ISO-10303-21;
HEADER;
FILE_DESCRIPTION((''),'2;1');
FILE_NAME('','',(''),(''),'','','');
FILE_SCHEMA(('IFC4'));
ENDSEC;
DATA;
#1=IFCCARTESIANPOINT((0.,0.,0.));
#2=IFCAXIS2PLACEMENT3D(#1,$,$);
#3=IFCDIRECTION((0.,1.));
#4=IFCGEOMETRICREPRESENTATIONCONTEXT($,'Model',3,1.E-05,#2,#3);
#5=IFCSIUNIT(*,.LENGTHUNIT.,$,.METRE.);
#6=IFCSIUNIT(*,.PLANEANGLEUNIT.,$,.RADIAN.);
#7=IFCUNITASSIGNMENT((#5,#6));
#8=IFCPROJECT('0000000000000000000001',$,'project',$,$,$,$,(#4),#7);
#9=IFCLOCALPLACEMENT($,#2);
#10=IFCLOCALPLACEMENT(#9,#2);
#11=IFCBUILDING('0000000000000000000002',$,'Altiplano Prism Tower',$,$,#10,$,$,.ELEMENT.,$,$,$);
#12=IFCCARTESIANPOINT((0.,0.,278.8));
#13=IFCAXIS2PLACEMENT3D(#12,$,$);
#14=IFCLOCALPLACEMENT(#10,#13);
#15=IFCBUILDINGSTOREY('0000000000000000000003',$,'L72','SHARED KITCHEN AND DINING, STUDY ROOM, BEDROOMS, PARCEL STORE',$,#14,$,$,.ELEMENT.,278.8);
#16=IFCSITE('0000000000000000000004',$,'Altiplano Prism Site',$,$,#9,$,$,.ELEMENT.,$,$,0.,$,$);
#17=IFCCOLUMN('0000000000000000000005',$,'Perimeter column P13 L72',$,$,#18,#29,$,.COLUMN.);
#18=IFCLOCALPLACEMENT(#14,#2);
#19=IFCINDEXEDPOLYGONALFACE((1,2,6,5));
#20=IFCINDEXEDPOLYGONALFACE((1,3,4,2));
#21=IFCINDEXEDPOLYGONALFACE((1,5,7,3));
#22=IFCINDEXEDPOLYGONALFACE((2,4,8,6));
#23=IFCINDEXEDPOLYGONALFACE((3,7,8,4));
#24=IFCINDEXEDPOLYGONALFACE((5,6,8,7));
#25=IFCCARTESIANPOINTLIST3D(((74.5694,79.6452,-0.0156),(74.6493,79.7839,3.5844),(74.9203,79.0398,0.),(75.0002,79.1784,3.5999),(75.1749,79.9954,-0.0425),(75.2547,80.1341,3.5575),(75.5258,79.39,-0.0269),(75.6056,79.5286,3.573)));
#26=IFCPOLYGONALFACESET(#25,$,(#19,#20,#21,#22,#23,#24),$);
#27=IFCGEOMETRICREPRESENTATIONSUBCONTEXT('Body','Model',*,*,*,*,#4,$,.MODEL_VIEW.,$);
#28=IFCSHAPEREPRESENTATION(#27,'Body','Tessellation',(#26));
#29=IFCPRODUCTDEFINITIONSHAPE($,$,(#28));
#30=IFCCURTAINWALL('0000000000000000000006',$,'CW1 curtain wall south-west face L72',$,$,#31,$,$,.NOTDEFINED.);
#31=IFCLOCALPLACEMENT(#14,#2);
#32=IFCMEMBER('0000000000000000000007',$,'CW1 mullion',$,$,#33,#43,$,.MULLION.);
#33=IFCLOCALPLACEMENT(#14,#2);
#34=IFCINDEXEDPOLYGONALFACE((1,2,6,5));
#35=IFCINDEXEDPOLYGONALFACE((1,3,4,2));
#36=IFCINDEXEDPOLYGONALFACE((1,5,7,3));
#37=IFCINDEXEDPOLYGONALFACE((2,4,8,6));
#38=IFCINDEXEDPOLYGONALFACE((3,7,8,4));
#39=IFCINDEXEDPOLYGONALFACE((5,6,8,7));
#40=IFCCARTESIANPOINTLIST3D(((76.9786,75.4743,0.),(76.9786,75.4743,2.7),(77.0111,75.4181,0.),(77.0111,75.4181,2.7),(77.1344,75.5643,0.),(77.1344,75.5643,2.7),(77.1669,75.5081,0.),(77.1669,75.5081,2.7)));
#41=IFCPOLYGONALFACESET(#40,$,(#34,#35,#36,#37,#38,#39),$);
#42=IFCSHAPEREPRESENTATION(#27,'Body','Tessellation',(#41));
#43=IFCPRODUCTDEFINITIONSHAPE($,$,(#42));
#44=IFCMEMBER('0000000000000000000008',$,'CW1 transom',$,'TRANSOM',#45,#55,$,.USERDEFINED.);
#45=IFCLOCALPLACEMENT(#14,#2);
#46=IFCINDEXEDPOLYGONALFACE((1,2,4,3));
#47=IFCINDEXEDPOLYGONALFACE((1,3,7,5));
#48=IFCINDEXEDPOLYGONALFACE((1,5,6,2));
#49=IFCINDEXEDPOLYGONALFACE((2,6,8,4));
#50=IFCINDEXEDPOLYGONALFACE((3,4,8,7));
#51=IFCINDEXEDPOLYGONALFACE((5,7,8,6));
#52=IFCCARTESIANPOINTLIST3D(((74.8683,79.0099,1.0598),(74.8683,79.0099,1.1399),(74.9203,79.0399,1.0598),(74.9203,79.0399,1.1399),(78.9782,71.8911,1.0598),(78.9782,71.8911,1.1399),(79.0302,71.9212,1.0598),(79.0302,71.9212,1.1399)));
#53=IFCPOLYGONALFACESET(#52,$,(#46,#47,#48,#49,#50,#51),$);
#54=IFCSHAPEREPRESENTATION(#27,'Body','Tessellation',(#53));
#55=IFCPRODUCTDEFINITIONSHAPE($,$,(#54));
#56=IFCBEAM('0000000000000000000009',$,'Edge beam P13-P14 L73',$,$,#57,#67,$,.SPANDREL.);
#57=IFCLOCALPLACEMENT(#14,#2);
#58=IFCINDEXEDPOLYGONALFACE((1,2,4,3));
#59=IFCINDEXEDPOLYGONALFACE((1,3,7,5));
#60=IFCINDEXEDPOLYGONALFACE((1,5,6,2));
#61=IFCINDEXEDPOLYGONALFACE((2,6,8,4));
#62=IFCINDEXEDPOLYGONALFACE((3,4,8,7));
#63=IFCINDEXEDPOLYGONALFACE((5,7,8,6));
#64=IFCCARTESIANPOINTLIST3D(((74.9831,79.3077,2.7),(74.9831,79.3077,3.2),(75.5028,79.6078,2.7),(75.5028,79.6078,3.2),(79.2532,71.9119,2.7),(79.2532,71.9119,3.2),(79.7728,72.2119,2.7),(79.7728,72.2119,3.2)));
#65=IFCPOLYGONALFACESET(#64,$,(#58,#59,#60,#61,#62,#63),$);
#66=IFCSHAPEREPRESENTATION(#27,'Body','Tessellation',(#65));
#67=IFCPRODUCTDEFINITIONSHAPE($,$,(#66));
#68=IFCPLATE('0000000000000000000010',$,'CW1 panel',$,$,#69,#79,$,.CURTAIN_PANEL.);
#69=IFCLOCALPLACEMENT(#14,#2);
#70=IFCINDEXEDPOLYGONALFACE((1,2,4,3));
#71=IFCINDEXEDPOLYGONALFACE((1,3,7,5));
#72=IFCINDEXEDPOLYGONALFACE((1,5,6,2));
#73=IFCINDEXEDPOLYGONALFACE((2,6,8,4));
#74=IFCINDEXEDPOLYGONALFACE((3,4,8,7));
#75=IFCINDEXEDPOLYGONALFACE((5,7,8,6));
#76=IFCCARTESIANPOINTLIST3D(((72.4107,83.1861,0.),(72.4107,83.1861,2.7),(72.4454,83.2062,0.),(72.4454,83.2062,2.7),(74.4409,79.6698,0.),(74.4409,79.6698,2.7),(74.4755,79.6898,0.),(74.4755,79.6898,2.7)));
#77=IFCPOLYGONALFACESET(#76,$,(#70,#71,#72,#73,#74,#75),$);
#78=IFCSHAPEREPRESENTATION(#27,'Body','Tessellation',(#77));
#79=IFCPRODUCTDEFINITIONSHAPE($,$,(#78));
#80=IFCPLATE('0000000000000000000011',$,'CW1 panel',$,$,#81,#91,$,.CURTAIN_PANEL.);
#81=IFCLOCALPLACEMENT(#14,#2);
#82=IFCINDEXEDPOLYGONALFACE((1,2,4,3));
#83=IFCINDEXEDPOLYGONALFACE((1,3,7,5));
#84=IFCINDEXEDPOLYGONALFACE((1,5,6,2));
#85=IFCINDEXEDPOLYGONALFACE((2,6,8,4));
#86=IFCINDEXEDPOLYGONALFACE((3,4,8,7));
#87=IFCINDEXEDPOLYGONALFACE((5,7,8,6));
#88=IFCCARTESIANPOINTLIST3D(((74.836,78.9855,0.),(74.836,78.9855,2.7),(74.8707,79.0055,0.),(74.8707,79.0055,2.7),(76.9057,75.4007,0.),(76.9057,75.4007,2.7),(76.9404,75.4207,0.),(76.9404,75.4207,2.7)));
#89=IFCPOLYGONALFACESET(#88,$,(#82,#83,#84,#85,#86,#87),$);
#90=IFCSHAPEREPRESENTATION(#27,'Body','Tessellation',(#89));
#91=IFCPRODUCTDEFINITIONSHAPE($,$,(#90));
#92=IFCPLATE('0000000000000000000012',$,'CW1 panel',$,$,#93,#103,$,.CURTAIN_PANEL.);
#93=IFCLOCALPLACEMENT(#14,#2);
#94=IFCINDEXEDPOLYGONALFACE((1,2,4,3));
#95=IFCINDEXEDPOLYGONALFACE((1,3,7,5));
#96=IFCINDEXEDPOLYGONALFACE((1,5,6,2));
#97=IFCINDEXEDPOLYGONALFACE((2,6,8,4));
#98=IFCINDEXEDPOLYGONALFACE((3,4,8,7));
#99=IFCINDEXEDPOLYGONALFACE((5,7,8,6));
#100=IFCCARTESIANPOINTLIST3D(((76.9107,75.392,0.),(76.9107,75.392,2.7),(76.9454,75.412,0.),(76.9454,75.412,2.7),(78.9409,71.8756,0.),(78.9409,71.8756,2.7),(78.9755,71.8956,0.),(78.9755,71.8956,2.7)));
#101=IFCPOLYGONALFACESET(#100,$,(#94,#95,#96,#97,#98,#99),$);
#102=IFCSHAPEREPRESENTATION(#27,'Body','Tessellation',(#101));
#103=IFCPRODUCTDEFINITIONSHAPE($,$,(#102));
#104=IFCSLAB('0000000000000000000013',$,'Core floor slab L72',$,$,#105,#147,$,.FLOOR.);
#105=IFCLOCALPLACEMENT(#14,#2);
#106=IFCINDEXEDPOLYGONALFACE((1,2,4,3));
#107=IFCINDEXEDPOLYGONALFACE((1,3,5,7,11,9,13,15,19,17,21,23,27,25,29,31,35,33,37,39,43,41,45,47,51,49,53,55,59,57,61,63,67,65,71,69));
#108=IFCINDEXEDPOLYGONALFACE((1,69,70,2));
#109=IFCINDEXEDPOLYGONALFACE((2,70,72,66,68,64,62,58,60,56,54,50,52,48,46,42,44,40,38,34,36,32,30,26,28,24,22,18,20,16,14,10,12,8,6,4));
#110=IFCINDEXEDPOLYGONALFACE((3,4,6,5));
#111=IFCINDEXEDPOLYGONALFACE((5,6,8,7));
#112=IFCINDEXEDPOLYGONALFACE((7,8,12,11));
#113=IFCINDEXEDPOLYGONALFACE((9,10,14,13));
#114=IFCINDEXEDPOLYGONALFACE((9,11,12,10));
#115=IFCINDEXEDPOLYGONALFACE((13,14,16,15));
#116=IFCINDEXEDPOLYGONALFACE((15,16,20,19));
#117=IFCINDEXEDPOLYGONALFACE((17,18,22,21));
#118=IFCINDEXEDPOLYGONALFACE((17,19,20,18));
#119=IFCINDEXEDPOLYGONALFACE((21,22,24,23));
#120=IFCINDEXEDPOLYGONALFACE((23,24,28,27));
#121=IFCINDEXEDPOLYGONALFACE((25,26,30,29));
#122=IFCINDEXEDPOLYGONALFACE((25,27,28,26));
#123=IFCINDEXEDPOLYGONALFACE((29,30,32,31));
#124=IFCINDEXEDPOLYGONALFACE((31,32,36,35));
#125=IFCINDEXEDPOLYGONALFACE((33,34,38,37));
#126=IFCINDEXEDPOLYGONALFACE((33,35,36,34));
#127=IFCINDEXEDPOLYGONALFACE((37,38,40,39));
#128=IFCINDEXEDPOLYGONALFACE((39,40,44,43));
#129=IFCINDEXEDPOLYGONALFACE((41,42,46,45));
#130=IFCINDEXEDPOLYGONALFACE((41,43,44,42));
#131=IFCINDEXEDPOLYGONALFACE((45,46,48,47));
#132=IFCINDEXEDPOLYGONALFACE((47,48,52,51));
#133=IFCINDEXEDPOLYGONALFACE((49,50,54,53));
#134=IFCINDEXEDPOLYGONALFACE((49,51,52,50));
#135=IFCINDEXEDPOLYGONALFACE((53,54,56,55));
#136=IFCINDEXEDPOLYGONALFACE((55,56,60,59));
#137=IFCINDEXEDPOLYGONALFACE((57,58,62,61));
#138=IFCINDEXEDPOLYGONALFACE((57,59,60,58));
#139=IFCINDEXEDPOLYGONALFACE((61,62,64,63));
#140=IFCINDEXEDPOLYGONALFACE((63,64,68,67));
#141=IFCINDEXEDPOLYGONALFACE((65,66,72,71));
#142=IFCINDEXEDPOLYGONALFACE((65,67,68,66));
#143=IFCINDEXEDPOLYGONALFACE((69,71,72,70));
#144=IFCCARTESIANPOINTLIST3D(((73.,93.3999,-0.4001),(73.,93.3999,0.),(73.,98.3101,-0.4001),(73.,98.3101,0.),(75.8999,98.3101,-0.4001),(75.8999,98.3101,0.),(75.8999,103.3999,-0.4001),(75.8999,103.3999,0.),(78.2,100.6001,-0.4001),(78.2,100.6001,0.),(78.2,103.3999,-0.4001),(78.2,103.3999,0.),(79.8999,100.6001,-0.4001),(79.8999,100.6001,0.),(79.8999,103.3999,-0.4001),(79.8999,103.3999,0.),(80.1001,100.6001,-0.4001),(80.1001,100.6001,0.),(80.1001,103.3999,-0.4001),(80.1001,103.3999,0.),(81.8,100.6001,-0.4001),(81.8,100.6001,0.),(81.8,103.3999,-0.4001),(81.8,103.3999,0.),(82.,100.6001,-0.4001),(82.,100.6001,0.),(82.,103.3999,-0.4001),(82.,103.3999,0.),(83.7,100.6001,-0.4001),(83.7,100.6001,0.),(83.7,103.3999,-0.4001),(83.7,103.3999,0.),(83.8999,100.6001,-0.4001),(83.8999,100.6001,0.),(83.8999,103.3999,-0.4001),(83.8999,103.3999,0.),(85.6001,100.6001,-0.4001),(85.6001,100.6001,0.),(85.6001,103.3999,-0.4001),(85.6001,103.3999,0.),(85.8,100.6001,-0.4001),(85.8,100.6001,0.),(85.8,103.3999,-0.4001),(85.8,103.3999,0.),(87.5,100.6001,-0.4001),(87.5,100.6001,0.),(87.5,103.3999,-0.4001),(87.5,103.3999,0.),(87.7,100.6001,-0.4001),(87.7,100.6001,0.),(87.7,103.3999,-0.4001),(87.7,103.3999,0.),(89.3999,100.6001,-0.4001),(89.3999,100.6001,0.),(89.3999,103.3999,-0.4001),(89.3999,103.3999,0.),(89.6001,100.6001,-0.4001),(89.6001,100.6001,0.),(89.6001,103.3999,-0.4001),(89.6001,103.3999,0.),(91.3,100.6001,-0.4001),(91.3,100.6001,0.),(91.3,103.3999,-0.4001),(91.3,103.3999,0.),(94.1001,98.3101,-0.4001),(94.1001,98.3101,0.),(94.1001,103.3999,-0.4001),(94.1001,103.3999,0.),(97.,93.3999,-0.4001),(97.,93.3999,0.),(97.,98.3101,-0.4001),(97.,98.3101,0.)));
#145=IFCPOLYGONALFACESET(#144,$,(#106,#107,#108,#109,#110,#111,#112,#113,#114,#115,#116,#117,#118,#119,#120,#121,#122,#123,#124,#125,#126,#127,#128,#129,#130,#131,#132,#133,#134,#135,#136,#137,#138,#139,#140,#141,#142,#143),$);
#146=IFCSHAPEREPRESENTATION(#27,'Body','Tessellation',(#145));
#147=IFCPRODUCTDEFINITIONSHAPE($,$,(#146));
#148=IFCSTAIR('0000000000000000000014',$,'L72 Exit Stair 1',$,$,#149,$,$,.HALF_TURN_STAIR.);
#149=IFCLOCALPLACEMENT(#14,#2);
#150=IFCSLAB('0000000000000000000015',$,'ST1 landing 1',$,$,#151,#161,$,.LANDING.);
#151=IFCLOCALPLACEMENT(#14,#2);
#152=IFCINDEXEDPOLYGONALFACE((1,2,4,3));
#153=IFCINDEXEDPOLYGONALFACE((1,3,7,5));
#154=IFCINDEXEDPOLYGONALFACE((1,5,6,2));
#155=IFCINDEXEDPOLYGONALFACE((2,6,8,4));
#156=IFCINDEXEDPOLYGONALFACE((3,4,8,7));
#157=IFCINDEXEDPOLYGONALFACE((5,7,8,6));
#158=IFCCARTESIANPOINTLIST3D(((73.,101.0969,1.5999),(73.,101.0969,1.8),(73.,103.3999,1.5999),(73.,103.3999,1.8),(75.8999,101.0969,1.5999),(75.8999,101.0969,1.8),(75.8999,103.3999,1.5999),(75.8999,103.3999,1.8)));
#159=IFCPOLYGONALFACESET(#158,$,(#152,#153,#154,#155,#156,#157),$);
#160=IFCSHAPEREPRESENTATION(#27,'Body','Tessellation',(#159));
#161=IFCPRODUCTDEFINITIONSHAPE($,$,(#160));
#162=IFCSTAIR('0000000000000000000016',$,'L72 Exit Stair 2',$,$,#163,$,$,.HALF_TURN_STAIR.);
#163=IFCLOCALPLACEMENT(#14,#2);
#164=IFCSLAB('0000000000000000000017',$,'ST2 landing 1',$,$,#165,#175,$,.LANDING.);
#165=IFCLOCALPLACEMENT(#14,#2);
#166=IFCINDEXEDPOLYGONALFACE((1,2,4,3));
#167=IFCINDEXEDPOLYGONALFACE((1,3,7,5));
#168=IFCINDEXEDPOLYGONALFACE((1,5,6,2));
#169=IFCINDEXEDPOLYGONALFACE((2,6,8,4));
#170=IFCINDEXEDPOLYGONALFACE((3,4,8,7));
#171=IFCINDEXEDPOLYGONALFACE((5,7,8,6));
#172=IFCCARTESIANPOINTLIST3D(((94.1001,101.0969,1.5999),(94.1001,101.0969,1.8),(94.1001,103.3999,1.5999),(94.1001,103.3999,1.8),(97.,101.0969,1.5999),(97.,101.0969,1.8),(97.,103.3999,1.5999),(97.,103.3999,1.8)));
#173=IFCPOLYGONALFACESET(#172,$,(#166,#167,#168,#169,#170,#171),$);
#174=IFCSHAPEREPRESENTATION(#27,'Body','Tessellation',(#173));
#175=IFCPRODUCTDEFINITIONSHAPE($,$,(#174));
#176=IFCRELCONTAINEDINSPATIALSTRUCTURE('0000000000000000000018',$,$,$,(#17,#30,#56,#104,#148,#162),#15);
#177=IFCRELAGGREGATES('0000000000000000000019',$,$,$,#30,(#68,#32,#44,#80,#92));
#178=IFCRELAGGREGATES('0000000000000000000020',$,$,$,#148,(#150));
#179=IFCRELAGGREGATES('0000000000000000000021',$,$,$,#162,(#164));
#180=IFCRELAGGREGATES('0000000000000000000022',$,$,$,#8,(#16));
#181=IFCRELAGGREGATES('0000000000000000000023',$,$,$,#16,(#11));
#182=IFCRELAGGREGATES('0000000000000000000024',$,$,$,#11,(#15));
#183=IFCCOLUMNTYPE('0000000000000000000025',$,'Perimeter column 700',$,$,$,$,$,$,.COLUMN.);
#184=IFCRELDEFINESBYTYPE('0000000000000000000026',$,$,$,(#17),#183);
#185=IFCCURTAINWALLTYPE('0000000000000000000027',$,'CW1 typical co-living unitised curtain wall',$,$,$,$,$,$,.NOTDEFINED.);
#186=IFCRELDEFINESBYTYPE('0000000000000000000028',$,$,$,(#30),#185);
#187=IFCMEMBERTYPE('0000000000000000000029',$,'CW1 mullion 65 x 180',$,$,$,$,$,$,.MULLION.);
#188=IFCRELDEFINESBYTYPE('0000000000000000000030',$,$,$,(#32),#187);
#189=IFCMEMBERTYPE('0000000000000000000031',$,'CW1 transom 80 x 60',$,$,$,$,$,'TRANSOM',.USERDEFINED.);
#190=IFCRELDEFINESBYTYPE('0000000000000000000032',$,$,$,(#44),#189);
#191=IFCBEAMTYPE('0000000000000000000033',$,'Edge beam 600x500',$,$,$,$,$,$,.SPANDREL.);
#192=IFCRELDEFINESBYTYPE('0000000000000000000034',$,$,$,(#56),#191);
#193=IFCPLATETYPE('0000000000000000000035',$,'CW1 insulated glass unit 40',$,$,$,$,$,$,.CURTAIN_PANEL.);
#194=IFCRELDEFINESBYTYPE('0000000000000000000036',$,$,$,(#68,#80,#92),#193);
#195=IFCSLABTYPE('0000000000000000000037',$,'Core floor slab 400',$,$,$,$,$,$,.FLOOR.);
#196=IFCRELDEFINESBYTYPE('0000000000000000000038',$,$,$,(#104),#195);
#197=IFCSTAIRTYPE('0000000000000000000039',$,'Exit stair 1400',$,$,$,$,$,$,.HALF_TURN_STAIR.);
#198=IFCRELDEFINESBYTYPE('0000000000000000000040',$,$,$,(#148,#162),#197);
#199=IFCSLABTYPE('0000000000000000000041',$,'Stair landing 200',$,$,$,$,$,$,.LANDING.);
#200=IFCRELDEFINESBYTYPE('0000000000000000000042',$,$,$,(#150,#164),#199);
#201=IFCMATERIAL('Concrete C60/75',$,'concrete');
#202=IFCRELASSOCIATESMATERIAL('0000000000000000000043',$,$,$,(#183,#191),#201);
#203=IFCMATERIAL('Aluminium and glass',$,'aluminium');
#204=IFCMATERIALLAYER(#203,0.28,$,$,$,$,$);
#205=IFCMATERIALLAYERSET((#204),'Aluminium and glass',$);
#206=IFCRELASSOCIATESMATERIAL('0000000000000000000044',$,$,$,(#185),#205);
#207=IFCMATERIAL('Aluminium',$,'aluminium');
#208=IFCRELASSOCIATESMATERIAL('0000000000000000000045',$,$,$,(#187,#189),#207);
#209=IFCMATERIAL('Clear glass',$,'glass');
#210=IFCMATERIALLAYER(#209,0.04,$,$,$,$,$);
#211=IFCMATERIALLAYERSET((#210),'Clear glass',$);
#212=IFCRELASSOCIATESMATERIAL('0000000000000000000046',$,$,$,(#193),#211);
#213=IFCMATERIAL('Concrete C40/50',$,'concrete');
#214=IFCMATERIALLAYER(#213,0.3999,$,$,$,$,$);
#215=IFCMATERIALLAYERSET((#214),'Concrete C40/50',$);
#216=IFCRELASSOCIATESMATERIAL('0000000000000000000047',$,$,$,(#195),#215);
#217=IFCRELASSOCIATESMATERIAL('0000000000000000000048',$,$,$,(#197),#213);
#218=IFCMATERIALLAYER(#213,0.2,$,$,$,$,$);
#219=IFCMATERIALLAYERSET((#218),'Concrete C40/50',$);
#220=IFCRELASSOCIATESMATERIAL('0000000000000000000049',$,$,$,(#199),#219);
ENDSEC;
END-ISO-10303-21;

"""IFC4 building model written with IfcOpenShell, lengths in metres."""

from ifc_helpers import new_model, si_unit, direction, frame, origin, origin_2d, place, context, subcontext, project, spatial, polyline, rectangle, outline, extrude, material, layer, layer_set, material_profile, profile_set, type_object, element, aggregate, save


model = new_model("IFC4")

# Units and contexts
model_context = context("Model", 3, precision=1e-05, world=origin(), true_north=direction((0.0, 1.0)))
body_context = subcontext(model_context, "Body", "Model", "MODEL_VIEW")
ifc_project = project(units=[si_unit("LENGTHUNIT", "METRE"), si_unit("PLANEANGLEUNIT", "RADIAN")], contexts=[model_context])

# Site, building, storey
site_placement = place(None, origin())
site = spatial("IfcSite", under=ifc_project, at=site_placement, Name="Altiplano Prism Site", CompositionType="ELEMENT", RefElevation=0.0)
building_placement = place(site_placement, origin())
building = spatial("IfcBuilding", under=site, at=building_placement, Name="Altiplano Prism Tower", CompositionType="ELEMENT")
storey_placement = place(building_placement, frame((0.0, 0.0, 278.8)))
storey = spatial("IfcBuildingStorey", under=building, at=storey_placement, Name="L72", Description="SHARED KITCHEN AND DINING, STUDY ROOM, BEDROOMS, PARCEL STORE", CompositionType="ELEMENT", Elevation=278.8)

# Column
ifc_material_1 = material(Name="Concrete C60/75", Category="concrete")
ifc_material_profile_1 = material_profile(ifc_material_1, rectangle(XDim=0.7, YDim=0.7, at=origin_2d()), Name="Perimeter column 700")
ifc_profile_set_1 = profile_set([ifc_material_profile_1], Name="Concrete C60/75")
column_type = type_object("IfcColumnType", Name="Perimeter column 700", PredefinedType="COLUMN", material=ifc_profile_set_1)
column_placement = place(storey_placement, frame((75.0476, 79.5176, -0.0212), z_axis=(0.022155, 0.038484, 0.999014), x_axis=(-0.86498, -0.500331, 0.038456)))
element("IfcColumn", 1, at=column_placement, inside=storey, type_object=column_type, Name="Perimeter column P13 L72", PredefinedType="COLUMN", context=body_context, shape_type="SweptSolid", body=[
    extrude(rectangle(XDim=0.7, YDim=0.7, at=origin_2d()), origin(), (0.0, 0.0, 1.0), 3.6035),
])

# Curtain wall, members
ifc_material_2 = material(Name="Aluminium and glass", Category="aluminium")
ifc_layer_1 = layer(ifc_material_2, 0.28)
ifc_layer_set_1 = layer_set([ifc_layer_1], Name="Aluminium and glass")
curtain_wall_type = type_object("IfcCurtainWallType", Name="CW1 typical co-living unitised curtain wall", PredefinedType="NOTDEFINED", material=ifc_layer_set_1)
curtain_wall_placement = place(storey_placement, origin())
curtain_wall = element("IfcCurtainWall", 2, at=curtain_wall_placement, inside=storey, type_object=curtain_wall_type, Name="CW1 curtain wall south-west face L72", PredefinedType="NOTDEFINED")
ifc_material_3 = material(Name="Aluminium", Category="aluminium")
ifc_material_profile_2 = material_profile(ifc_material_3, rectangle(XDim=0.1799, YDim=0.0649, at=origin_2d()), Name="CW1 mullion 65 x 180")
ifc_profile_set_2 = profile_set([ifc_material_profile_2], Name="Aluminium")
member_type_1 = type_object("IfcMemberType", Name="CW1 mullion 65 x 180", PredefinedType="MULLION", material=ifc_profile_set_2)
member_1_placement = place(storey_placement, frame((77.0728, 75.4912, 0.0), z_axis=(0.0, 0.0, 1.0), x_axis=(0.866025, 0.5, 0.0)))
member_1 = element("IfcMember", 3, at=member_1_placement, type_object=member_type_1, Name="CW1 mullion", PredefinedType="MULLION", context=body_context, shape_type="SweptSolid", body=[
    extrude(rectangle(XDim=0.1799, YDim=0.0649, at=origin_2d()), origin(), (0.0, 0.0, 1.0), 2.7),
])
ifc_material_profile_3 = material_profile(ifc_material_3, rectangle(XDim=0.0601, YDim=0.0801, at=origin_2d()), Name="CW1 transom 80 x 60")
ifc_profile_set_3 = profile_set([ifc_material_profile_3], Name="Aluminium")
member_type_2 = type_object("IfcMemberType", Name="CW1 transom 80 x 60", ElementType="TRANSOM", PredefinedType="USERDEFINED", material=ifc_profile_set_3)
member_2_placement = place(storey_placement, frame((74.8943, 79.0249, 1.0999), z_axis=(0.499992, -0.86603, 0.0), x_axis=(0.86603, 0.499992, 0.0)))
member_2 = element("IfcMember", 4, at=member_2_placement, type_object=member_type_2, Name="CW1 transom", ObjectType="TRANSOM", PredefinedType="USERDEFINED", context=body_context, shape_type="SweptSolid", body=[
    extrude(rectangle(XDim=0.0601, YDim=0.0801, at=origin_2d()), origin(), (0.0, 0.0, 1.0), 8.22),
])

# Beam
ifc_material_profile_4 = material_profile(ifc_material_1, rectangle(XDim=0.6001, YDim=0.5, at=origin_2d()), Name="Edge beam 600x500")
ifc_profile_set_4 = profile_set([ifc_material_profile_4], Name="Concrete C60/75")
beam_type = type_object("IfcBeamType", Name="Edge beam 600x500", PredefinedType="SPANDREL", material=ifc_profile_set_4)
beam_placement = place(storey_placement, frame((75.2429, 79.4578, 2.95), z_axis=(0.500007, -0.866021, 0.0), x_axis=(0.866021, 0.500007, 0.0)))
element("IfcBeam", 5, at=beam_placement, inside=storey, type_object=beam_type, Name="Edge beam P13-P14 L73", PredefinedType="SPANDREL", context=body_context, shape_type="SweptSolid", body=[
    extrude(rectangle(XDim=0.6001, YDim=0.5, at=origin_2d()), origin(), (0.0, 0.0, 1.0), 8.54),
])

# Plates
ifc_material_4 = material(Name="Clear glass", Category="glass")
ifc_layer_2 = layer(ifc_material_4, 0.04)
ifc_layer_set_2 = layer_set([ifc_layer_2], Name="Clear glass")
plate_type = type_object("IfcPlateType", Name="CW1 insulated glass unit 40", PredefinedType="CURTAIN_PANEL", material=ifc_layer_set_2)
plate_1_placement = place(storey_placement, frame((73.4431, 81.438, 0.0), z_axis=(0.0, 0.0, 1.0), x_axis=(0.5, -0.866025, 0.0)))
plate_1 = element("IfcPlate", 6, at=plate_1_placement, type_object=plate_type, Name="CW1 panel", PredefinedType="CURTAIN_PANEL", context=body_context, shape_type="SweptSolid", body=[
    extrude(rectangle(XDim=4.0603, YDim=0.04, at=origin_2d()), origin(), (0.0, 0.0, 1.0), 2.7),
])
plate_2_placement = place(storey_placement, frame((75.8882, 77.2031, 0.0), z_axis=(0.0, 0.0, 1.0), x_axis=(0.5, -0.866025, 0.0)))
plate_2 = element("IfcPlate", 7, at=plate_2_placement, type_object=plate_type, Name="CW1 panel", PredefinedType="CURTAIN_PANEL", context=body_context, shape_type="SweptSolid", body=[
    extrude(rectangle(XDim=4.1394, YDim=0.04, at=origin_2d()), origin(), (0.0, 0.0, 1.0), 2.7),
])
plate_3_placement = place(storey_placement, frame((77.9431, 73.6438, 0.0), z_axis=(0.0, 0.0, 1.0), x_axis=(0.5, -0.866025, 0.0)))
plate_3 = element("IfcPlate", 8, at=plate_3_placement, type_object=plate_type, Name="CW1 panel", PredefinedType="CURTAIN_PANEL", context=body_context, shape_type="SweptSolid", body=[
    extrude(rectangle(XDim=4.0603, YDim=0.04, at=origin_2d()), origin(), (0.0, 0.0, 1.0), 2.7),
])
aggregate(curtain_wall, [plate_1, member_1, member_2, plate_2, plate_3])

# Slab
ifc_material_5 = material(Name="Concrete C40/50", Category="concrete")
ifc_layer_3 = layer(ifc_material_5, 0.3999)
ifc_layer_set_3 = layer_set([ifc_layer_3], Name="Concrete C40/50")
slab_type_1 = type_object("IfcSlabType", Name="Core floor slab 400", PredefinedType="FLOOR", material=ifc_layer_set_3)
slab_1_placement = place(storey_placement, frame((0.0, 0.0, -0.4001)))
element("IfcSlab", 9, at=slab_1_placement, inside=storey, type_object=slab_type_1, Name="Core floor slab L72", PredefinedType="FLOOR", context=body_context, shape_type="SweptSolid", body=[
    extrude(outline(polyline([(97.0, 98.3101), (94.1001, 98.3101), (94.1001, 103.3999), (91.3, 103.3999), (91.3, 100.6001), (89.6001, 100.6001), (89.6001, 103.3999), (89.3999, 103.3999), (89.3999, 100.6001), (87.7, 100.6001), (87.7, 103.3999), (87.5, 103.3999), (87.5, 100.6001), (85.8, 100.6001), (85.8, 103.3999), (85.6001, 103.3999), (85.6001, 100.6001), (83.8999, 100.6001), (83.8999, 103.3999), (83.7, 103.3999), (83.7, 100.6001), (82.0, 100.6001), (82.0, 103.3999), (81.8, 103.3999), (81.8, 100.6001), (80.1001, 100.6001), (80.1001, 103.3999), (79.8999, 103.3999), (79.8999, 100.6001), (78.2, 100.6001), (78.2, 103.3999), (75.8999, 103.3999), (75.8999, 98.3101), (73.0, 98.3101), (73.0, 93.3999), (97.0, 93.3999), (97.0, 98.3101)])), origin(), (0.0, 0.0, 1.0), 0.4001),
])

# Stairs, slabs
stair_type = type_object("IfcStairType", Name="Exit stair 1400", PredefinedType="HALF_TURN_STAIR", material=ifc_material_5)
stair_1_placement = place(storey_placement, origin())
stair_1 = element("IfcStair", 10, at=stair_1_placement, inside=storey, type_object=stair_type, Name="L72 Exit Stair 1", PredefinedType="HALF_TURN_STAIR")
ifc_layer_4 = layer(ifc_material_5, 0.2)
ifc_layer_set_4 = layer_set([ifc_layer_4], Name="Concrete C40/50")
slab_type_2 = type_object("IfcSlabType", Name="Stair landing 200", PredefinedType="LANDING", material=ifc_layer_set_4)
slab_2_placement = place(storey_placement, frame((0.0, 0.0, 1.5999)))
slab_2 = element("IfcSlab", 11, at=slab_2_placement, type_object=slab_type_2, Name="ST1 landing 1", PredefinedType="LANDING", context=body_context, shape_type="SweptSolid", body=[
    extrude(outline(polyline([(75.8999, 101.0969), (75.8999, 103.3999), (73.0, 103.3999), (73.0, 101.0969), (75.8999, 101.0969)])), origin(), (0.0, 0.0, 1.0), 0.2002),
])
aggregate(stair_1, [slab_2])
stair_2_placement = place(storey_placement, origin())
stair_2 = element("IfcStair", 12, at=stair_2_placement, inside=storey, type_object=stair_type, Name="L72 Exit Stair 2", PredefinedType="HALF_TURN_STAIR")
slab_3_placement = place(storey_placement, frame((0.0, 0.0, 1.5999)))
slab_3 = element("IfcSlab", 13, at=slab_3_placement, type_object=slab_type_2, Name="ST2 landing 1", PredefinedType="LANDING", context=body_context, shape_type="SweptSolid", body=[
    extrude(outline(polyline([(97.0, 101.0969), (97.0, 103.3999), (94.1001, 103.3999), (94.1001, 101.0969), (97.0, 101.0969)])), origin(), (0.0, 0.0, 1.0), 0.2002),
])
aggregate(stair_2, [slab_3])

save(model, "model.ifc")
